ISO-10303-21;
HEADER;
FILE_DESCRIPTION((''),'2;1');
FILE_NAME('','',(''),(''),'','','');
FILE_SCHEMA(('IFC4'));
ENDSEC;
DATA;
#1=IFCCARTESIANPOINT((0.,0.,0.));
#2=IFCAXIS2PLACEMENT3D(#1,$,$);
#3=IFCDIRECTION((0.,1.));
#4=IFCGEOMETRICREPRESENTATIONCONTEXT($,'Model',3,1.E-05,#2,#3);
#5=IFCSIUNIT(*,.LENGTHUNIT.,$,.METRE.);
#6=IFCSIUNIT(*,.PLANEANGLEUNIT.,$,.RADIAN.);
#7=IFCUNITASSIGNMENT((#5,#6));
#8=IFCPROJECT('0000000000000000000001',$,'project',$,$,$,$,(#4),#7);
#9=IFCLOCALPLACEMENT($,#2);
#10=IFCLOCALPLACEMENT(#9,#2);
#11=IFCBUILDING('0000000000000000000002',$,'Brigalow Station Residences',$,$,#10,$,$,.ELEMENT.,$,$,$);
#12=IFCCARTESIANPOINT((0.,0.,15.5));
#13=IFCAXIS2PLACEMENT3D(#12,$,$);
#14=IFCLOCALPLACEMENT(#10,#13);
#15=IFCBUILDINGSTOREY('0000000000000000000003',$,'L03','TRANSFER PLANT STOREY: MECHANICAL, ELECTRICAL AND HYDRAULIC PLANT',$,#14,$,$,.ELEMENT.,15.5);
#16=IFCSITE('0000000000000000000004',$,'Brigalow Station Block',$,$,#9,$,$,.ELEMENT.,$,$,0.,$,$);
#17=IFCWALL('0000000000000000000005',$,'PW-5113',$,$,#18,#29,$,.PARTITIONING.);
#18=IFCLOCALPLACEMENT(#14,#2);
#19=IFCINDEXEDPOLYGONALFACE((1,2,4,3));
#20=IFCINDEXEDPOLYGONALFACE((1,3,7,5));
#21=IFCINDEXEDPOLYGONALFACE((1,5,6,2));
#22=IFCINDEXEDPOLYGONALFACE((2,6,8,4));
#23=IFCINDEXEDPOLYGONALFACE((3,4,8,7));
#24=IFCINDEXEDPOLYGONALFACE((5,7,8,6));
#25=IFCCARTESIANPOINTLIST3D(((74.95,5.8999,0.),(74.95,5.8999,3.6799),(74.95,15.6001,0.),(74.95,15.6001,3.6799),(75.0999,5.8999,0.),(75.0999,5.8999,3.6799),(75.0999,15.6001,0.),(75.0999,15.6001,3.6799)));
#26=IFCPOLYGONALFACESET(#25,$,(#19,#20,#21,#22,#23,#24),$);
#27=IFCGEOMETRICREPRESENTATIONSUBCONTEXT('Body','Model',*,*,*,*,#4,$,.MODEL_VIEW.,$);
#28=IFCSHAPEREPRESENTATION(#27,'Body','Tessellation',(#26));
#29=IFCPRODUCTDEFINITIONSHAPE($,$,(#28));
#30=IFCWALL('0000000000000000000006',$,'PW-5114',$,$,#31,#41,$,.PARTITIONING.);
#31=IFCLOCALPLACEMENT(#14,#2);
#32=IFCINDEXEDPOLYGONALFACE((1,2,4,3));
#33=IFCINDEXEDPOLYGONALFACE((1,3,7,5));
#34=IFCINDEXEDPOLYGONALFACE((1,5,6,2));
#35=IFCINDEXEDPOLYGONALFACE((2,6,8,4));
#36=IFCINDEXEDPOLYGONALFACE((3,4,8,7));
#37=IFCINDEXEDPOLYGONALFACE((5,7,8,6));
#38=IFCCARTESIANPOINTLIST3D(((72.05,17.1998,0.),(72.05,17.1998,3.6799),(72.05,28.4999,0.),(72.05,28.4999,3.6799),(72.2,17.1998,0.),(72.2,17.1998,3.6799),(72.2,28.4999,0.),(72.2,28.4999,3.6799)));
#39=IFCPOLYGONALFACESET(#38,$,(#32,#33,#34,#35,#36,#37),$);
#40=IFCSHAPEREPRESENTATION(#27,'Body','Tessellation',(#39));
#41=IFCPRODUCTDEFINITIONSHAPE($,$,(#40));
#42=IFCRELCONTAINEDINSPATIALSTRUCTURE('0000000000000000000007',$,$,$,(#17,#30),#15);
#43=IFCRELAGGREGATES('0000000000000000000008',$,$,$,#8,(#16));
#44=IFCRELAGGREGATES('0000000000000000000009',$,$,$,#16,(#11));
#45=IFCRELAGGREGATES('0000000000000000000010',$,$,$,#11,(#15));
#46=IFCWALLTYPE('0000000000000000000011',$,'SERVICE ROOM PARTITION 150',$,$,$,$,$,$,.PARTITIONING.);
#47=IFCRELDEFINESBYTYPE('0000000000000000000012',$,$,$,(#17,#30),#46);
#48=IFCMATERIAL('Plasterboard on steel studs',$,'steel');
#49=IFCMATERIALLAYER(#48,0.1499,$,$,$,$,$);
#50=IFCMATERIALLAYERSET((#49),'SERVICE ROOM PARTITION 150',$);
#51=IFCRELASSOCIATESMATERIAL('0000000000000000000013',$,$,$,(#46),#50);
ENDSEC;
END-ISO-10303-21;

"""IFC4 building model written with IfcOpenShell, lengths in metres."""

from ifc_helpers import new_model, si_unit, direction, frame, frame_2d, origin, place, context, subcontext, project, spatial, rectangle, extrude, material, layer, layer_set, type_object, element, save


model = new_model("IFC4")

# Units and contexts
model_context = context("Model", 3, precision=1e-05, world=origin(), true_north=direction((0.0, 1.0)))
body_context = subcontext(model_context, "Body", "Model", "MODEL_VIEW")
ifc_project = project(units=[si_unit("LENGTHUNIT", "METRE"), si_unit("PLANEANGLEUNIT", "RADIAN")], contexts=[model_context])

# Site, building, storey
site_placement = place(None, origin())
site = spatial("IfcSite", under=ifc_project, at=site_placement, Name="Brigalow Station Block", CompositionType="ELEMENT", RefElevation=0.0)
building_placement = place(site_placement, origin())
building = spatial("IfcBuilding", under=site, at=building_placement, Name="Brigalow Station Residences", CompositionType="ELEMENT")
storey_placement = place(building_placement, frame((0.0, 0.0, 15.5)))
storey = spatial("IfcBuildingStorey", under=building, at=storey_placement, Name="L03", Description="TRANSFER PLANT STOREY: MECHANICAL, ELECTRICAL AND HYDRAULIC PLANT", CompositionType="ELEMENT", Elevation=15.5)

# Walls
ifc_material_1 = material(Name="Plasterboard on steel studs", Category="steel")
ifc_layer_1 = layer(ifc_material_1, 0.1499)
ifc_layer_set_1 = layer_set([ifc_layer_1], Name="SERVICE ROOM PARTITION 150")
wall_type_1 = type_object("IfcWallType", Name="SERVICE ROOM PARTITION 150", PredefinedType="PARTITIONING", material=ifc_layer_set_1)
wall_1_placement = place(storey_placement, frame((75.0249, 5.8999, 0.0), z_axis=(0.0, 0.0, 1.0), x_axis=(0.0, 1.0, 0.0)))
element("IfcWall", 1, at=wall_1_placement, inside=storey, type_object=wall_type_1, Name="PW-5113", PredefinedType="PARTITIONING", context=body_context, shape_type="SweptSolid", body=[
    extrude(rectangle(XDim=9.7002, YDim=0.1499, at=frame_2d((4.8501, 0.0))), origin(), (0.0, 0.0, 1.0), 3.6799),
])
wall_2_placement = place(storey_placement, frame((72.125, 17.2, 0.0), z_axis=(0.0, 0.0, 1.0), x_axis=(0.0, 1.0, 0.0)))
element("IfcWall", 2, at=wall_2_placement, inside=storey, type_object=wall_type_1, Name="PW-5114", PredefinedType="PARTITIONING", context=body_context, shape_type="SweptSolid", body=[
    extrude(rectangle(XDim=11.3, YDim=0.1499, at=frame_2d((5.6499, 0.0))), origin(), (0.0, 0.0, 1.0), 3.6799),
])

save(model, "model.ifc")
